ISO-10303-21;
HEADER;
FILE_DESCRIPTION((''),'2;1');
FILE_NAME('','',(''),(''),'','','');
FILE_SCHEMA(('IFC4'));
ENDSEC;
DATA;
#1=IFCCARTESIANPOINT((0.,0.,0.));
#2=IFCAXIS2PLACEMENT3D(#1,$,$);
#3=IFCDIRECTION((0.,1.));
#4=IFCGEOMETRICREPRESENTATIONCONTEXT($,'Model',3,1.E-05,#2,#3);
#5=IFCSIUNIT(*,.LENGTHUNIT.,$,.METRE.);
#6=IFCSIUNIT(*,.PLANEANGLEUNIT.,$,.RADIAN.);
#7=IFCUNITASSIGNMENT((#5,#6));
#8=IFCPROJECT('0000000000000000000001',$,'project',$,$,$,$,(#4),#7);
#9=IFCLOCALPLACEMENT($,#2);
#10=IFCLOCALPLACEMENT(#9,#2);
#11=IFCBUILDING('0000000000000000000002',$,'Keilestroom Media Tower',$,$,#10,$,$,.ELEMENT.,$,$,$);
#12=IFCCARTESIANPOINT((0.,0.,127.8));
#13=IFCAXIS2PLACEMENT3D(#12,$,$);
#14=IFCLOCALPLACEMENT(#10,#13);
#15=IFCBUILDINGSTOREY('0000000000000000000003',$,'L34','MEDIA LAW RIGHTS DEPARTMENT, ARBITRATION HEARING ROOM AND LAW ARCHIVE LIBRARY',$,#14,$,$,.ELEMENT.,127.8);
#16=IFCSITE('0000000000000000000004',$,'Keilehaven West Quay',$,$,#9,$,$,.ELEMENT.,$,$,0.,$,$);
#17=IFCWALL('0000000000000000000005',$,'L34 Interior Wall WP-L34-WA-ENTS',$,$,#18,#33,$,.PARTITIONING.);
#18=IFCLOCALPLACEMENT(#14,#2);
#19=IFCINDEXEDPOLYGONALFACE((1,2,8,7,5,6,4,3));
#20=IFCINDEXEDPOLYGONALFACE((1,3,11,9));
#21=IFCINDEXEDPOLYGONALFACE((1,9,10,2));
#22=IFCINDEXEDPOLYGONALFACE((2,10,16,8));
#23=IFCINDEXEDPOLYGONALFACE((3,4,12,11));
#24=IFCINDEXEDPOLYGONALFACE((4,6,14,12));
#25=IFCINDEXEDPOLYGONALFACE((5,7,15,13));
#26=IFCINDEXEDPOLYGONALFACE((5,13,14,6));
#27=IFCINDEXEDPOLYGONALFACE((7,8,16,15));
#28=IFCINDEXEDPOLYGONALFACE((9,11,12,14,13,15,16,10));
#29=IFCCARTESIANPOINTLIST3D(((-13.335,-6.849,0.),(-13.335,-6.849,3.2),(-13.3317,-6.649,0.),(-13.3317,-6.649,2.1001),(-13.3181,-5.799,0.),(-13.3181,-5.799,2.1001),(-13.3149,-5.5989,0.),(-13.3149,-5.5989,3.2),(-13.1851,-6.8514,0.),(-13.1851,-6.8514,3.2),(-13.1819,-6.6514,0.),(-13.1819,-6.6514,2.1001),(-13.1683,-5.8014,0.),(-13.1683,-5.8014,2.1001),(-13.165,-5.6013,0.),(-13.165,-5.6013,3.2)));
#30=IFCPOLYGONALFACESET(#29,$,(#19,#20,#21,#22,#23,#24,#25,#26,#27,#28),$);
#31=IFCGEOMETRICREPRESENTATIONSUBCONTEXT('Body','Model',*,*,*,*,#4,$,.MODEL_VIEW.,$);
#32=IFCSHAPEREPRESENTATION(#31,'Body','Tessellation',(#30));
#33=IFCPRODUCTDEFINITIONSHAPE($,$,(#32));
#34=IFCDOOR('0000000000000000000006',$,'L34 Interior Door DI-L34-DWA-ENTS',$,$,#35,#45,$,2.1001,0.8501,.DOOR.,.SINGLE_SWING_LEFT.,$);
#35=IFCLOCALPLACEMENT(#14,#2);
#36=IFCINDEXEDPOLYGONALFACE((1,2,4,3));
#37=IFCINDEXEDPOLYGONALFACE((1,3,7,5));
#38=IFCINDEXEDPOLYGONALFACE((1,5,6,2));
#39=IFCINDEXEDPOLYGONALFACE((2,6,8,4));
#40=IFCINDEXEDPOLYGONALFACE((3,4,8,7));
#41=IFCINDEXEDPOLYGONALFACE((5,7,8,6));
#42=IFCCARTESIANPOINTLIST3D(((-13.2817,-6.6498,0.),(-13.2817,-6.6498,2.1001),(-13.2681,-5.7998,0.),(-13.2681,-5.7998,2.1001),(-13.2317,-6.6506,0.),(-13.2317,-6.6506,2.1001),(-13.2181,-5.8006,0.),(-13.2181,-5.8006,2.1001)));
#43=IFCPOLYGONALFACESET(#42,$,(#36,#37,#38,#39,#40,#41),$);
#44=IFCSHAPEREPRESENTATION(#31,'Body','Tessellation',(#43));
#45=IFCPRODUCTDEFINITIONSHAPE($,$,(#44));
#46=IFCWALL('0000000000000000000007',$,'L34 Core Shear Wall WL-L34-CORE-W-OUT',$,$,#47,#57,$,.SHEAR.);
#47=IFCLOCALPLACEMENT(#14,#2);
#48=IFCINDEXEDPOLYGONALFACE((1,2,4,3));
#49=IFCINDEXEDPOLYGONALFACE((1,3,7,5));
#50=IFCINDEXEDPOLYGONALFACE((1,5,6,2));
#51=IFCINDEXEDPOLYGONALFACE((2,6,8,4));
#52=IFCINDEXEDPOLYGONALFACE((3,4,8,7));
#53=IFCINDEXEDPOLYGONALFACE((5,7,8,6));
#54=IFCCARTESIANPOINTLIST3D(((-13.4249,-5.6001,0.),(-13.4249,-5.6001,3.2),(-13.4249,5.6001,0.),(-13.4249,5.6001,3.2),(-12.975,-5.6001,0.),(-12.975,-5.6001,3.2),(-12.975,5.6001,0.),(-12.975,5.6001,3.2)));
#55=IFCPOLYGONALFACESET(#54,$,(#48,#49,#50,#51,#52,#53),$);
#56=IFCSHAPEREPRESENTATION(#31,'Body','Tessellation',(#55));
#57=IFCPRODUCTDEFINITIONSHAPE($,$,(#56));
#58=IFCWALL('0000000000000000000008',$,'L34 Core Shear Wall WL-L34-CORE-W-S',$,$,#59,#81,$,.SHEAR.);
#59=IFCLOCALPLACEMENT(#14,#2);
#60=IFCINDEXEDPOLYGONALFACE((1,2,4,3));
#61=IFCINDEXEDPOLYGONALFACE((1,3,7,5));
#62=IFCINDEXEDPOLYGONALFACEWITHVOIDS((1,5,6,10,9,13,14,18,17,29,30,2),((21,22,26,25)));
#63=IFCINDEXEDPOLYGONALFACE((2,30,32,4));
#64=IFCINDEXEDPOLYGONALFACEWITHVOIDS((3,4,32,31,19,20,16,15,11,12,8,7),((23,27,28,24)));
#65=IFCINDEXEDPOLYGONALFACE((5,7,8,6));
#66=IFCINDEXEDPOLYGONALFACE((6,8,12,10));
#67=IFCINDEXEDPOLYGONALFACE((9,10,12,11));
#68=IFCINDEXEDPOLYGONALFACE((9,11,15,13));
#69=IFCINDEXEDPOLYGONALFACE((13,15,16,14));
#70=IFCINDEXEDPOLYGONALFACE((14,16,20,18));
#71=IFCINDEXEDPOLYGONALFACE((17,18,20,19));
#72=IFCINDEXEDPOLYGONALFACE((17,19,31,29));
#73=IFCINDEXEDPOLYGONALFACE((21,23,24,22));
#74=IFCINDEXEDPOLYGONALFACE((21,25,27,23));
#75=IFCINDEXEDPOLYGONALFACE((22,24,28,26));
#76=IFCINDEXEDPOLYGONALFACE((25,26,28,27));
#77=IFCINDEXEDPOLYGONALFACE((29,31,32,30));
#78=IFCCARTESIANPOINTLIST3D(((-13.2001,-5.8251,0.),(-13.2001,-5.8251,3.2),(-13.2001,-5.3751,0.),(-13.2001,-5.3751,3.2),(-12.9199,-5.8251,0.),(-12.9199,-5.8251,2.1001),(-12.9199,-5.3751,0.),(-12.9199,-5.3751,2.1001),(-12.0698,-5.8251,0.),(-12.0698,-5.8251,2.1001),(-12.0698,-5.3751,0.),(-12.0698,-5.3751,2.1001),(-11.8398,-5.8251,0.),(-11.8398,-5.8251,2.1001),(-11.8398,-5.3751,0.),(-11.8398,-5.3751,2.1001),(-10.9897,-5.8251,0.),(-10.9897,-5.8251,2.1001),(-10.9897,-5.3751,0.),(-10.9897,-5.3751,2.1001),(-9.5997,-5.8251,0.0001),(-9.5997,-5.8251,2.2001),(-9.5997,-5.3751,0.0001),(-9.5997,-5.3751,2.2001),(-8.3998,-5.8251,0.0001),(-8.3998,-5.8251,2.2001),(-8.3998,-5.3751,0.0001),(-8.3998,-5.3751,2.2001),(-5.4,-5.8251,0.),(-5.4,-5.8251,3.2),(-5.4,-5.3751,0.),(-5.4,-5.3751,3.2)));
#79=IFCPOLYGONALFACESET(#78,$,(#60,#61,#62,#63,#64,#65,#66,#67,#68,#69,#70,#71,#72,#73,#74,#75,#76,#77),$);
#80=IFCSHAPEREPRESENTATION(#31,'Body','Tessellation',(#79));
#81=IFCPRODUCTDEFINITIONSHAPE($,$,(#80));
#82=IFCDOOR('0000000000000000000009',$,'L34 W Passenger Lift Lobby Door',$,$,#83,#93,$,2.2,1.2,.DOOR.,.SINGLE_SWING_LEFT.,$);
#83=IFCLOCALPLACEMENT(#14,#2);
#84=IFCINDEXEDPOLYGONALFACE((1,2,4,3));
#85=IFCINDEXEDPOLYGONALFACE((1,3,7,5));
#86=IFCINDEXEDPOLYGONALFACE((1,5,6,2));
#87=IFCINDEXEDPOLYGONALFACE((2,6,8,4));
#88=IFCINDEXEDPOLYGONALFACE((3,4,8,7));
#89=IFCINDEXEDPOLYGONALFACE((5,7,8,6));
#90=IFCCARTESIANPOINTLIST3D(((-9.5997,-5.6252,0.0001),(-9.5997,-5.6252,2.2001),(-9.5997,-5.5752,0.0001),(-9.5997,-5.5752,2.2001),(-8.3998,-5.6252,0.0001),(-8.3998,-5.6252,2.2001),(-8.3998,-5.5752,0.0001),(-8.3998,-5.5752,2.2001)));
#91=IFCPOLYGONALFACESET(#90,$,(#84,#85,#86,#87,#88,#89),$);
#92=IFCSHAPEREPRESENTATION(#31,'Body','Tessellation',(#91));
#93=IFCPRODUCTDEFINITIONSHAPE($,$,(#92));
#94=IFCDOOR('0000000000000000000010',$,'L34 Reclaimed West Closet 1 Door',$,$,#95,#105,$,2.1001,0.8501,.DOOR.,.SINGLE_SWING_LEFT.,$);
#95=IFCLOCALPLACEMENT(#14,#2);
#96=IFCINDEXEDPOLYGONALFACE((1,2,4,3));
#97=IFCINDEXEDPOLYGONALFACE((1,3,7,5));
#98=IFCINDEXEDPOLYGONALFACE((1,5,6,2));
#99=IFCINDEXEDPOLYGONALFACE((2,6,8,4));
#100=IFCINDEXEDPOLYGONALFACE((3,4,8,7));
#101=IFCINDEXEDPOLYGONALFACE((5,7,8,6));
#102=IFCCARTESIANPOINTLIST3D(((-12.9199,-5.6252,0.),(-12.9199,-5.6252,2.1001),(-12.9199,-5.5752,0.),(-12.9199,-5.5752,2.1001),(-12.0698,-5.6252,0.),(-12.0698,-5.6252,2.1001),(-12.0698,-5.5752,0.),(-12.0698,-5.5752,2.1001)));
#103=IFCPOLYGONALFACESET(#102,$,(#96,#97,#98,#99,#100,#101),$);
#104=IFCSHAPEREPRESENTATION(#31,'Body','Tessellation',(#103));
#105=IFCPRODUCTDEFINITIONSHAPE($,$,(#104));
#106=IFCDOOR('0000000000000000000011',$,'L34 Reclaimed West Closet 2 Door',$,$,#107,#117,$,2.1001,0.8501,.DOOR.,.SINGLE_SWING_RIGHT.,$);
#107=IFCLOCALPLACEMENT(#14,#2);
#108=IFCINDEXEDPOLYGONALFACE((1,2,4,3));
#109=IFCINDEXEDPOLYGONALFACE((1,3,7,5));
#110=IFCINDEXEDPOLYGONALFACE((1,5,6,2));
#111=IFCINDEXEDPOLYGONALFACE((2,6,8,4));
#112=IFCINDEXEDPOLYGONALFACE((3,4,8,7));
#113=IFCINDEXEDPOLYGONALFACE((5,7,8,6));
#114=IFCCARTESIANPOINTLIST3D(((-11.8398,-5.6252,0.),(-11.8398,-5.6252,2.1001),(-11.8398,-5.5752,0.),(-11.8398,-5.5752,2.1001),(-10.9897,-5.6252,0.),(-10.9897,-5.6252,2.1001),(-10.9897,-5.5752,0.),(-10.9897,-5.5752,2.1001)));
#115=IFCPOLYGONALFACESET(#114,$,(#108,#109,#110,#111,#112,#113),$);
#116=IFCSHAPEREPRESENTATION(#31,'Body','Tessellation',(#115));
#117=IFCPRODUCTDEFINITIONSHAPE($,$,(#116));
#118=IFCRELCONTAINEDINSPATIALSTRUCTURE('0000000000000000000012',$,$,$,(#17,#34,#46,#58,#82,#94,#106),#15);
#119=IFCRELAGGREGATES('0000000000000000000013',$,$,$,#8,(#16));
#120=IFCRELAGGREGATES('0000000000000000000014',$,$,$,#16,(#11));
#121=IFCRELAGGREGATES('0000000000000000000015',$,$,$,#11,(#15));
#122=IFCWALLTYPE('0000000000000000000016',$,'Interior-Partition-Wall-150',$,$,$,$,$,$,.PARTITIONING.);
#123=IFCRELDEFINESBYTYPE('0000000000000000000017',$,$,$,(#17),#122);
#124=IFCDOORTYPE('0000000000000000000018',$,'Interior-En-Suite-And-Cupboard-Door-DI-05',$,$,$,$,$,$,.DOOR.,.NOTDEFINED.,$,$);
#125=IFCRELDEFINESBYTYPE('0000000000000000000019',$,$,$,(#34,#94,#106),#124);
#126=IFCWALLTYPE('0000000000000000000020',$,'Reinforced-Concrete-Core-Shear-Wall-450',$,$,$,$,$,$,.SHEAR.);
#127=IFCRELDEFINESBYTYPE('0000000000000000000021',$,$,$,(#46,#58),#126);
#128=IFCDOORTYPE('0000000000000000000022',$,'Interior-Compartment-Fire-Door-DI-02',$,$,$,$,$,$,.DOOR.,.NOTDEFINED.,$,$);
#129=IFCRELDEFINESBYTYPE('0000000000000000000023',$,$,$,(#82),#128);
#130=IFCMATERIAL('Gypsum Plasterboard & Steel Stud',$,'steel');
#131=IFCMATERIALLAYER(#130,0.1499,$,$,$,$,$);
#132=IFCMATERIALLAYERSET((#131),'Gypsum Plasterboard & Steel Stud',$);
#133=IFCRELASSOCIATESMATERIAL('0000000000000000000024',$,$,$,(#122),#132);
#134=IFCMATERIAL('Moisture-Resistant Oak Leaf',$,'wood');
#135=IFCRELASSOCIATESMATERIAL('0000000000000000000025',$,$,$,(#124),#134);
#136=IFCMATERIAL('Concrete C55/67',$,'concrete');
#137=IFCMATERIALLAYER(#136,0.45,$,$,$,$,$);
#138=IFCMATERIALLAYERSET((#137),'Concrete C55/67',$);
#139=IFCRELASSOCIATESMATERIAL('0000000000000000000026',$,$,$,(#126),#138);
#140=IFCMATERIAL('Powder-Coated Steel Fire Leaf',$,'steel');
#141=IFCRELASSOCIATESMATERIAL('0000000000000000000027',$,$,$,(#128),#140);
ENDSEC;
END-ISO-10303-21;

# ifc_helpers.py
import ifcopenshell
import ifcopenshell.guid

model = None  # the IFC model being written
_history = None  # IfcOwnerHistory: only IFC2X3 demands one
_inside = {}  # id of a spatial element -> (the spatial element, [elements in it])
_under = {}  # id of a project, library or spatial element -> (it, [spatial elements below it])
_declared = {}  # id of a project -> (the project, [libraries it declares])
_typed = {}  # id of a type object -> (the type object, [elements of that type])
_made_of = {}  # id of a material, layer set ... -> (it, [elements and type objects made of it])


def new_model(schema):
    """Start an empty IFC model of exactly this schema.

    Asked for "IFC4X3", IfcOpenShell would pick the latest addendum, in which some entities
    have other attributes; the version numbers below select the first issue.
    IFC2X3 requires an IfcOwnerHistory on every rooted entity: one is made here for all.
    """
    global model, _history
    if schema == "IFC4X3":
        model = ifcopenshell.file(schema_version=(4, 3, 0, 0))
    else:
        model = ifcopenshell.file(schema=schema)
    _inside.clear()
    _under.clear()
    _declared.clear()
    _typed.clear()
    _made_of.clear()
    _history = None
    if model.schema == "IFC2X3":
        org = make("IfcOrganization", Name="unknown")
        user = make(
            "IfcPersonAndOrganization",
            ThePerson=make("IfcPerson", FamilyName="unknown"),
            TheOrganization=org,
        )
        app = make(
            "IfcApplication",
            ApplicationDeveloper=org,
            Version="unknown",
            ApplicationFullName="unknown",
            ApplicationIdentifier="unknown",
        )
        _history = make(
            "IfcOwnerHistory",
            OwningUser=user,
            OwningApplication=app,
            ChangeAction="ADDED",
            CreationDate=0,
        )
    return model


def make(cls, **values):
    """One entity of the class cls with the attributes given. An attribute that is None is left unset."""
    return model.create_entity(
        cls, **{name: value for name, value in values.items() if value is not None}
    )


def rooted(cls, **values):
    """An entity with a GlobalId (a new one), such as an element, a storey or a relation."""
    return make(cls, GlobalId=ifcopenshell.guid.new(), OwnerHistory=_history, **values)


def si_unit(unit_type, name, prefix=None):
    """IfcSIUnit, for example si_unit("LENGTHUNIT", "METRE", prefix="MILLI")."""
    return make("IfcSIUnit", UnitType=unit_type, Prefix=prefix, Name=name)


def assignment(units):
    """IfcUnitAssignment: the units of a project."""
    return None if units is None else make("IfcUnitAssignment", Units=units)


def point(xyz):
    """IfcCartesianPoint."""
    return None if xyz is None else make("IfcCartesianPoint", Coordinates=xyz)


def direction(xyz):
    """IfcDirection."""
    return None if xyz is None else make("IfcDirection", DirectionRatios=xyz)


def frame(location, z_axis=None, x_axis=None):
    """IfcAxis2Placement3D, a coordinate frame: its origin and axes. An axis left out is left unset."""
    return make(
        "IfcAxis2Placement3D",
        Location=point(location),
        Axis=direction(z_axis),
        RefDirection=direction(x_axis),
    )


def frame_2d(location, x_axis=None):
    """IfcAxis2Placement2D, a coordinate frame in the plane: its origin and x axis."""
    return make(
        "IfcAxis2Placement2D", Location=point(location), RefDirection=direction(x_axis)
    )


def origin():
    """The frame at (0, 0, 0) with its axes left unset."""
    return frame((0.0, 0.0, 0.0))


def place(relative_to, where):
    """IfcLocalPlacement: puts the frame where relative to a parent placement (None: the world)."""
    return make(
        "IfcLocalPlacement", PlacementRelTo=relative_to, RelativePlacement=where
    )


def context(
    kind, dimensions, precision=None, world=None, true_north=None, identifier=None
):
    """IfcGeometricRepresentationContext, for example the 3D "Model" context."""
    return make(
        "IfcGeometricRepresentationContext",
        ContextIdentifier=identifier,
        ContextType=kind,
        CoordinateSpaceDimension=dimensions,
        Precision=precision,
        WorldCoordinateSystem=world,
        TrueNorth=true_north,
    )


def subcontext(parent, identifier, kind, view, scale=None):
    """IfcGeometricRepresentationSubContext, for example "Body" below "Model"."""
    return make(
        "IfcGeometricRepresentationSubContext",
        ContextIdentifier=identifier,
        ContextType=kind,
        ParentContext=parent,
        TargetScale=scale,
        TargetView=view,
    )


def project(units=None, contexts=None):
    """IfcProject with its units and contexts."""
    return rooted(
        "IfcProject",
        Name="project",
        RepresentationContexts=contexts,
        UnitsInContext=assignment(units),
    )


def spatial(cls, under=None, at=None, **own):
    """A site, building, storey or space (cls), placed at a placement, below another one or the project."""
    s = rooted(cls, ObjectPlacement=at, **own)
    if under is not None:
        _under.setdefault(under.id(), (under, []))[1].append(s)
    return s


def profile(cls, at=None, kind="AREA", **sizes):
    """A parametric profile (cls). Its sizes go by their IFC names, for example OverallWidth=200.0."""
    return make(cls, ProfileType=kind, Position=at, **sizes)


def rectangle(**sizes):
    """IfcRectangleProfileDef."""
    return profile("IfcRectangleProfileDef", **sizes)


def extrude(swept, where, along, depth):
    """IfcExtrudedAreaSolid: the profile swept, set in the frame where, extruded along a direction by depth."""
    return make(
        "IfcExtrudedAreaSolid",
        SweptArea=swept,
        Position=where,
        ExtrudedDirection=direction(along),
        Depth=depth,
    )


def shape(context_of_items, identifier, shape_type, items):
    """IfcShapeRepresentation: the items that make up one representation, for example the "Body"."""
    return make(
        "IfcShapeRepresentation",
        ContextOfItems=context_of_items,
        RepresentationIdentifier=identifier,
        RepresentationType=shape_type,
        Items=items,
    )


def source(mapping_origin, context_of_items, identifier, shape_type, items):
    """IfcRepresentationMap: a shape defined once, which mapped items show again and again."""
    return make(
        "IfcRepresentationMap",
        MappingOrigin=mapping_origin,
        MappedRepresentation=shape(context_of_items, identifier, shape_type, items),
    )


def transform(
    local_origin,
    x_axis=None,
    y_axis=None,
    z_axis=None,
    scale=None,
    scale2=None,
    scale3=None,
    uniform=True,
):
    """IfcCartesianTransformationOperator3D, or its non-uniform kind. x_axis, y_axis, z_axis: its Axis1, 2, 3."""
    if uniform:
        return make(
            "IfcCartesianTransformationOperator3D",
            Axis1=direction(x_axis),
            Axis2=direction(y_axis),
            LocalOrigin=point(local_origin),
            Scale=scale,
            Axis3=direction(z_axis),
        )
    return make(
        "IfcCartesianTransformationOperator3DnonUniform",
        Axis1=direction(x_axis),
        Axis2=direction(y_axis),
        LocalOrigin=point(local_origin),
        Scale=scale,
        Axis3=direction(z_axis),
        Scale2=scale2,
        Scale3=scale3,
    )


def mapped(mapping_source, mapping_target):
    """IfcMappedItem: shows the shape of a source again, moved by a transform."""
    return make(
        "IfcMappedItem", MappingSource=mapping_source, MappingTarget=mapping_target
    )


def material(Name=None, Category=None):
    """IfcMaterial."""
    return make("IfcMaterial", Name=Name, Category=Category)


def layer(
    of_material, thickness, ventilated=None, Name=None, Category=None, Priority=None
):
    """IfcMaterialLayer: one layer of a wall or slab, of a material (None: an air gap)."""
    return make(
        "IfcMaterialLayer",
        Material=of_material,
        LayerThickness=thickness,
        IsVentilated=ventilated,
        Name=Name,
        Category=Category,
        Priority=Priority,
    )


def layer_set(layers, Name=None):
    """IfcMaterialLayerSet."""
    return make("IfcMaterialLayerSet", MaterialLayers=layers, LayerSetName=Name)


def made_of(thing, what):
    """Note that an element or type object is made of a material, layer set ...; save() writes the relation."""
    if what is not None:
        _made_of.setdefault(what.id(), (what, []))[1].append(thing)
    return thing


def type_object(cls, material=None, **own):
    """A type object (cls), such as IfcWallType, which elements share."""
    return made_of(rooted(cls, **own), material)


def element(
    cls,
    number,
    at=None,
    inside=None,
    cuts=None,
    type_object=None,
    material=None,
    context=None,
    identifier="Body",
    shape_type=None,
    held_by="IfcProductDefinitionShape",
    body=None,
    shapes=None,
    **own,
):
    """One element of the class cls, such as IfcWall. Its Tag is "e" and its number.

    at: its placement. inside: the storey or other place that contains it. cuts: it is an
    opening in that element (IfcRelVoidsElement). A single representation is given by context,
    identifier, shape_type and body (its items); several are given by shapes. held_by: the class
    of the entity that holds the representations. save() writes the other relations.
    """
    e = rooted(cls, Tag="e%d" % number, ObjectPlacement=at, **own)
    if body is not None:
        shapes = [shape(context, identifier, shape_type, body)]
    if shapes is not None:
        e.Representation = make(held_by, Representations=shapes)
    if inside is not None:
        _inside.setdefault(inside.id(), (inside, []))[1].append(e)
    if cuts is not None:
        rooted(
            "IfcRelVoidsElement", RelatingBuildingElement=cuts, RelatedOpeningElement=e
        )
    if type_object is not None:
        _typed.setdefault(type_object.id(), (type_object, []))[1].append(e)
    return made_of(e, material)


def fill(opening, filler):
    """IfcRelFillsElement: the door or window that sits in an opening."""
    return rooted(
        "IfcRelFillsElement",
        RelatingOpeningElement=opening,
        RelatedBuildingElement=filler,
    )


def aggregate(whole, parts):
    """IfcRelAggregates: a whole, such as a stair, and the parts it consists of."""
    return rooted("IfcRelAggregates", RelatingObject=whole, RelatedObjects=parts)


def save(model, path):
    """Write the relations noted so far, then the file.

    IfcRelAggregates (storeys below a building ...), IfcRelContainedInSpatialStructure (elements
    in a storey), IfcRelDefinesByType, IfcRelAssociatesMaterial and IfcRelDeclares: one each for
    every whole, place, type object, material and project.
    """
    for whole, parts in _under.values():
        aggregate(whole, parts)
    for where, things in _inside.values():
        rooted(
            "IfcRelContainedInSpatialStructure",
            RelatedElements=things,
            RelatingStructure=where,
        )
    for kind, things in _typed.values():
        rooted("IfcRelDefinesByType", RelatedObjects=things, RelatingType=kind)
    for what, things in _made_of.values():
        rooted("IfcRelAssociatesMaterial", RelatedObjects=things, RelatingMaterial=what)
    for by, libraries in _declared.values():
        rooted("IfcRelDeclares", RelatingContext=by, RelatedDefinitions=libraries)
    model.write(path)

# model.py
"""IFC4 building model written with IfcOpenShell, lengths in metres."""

from ifc_helpers import new_model, si_unit, direction, frame, frame_2d, origin, place, context, subcontext, project, spatial, rectangle, extrude, source, transform, mapped, material, layer, layer_set, type_object, element, fill, save


model = new_model("IFC4")

# Units and contexts
model_context = context("Model", 3, precision=1e-05, world=origin(), true_north=direction((0.0, 1.0)))
body_context = subcontext(model_context, "Body", "Model", "MODEL_VIEW")
ifc_project = project(units=[si_unit("LENGTHUNIT", "METRE"), si_unit("PLANEANGLEUNIT", "RADIAN")], contexts=[model_context])

# Site, building, storey
site_placement = place(None, origin())
site = spatial("IfcSite", under=ifc_project, at=site_placement, Name="Keilehaven West Quay", CompositionType="ELEMENT", RefElevation=0.0)
building_placement = place(site_placement, origin())
building = spatial("IfcBuilding", under=site, at=building_placement, Name="Keilestroom Media Tower", CompositionType="ELEMENT")
storey_placement = place(building_placement, frame((0.0, 0.0, 127.8)))
storey = spatial("IfcBuildingStorey", under=building, at=storey_placement, Name="L34", Description="MEDIA LAW RIGHTS DEPARTMENT, ARBITRATION HEARING ROOM AND LAW ARCHIVE LIBRARY", CompositionType="ELEMENT", Elevation=127.8)

# Shared definitions
ifc_material_1 = material(Name="Gypsum Plasterboard & Steel Stud", Category="steel")
ifc_layer_1 = layer(ifc_material_1, 0.1499)
ifc_layer_set_1 = layer_set([ifc_layer_1], Name="Gypsum Plasterboard & Steel Stud")
wall_type_1 = type_object("IfcWallType", Name="Interior-Partition-Wall-150", PredefinedType="PARTITIONING", material=ifc_layer_set_1)

# Wall, opening, door
wall_1_placement = place(storey_placement, frame((-13.26, -6.8501, 0.0), z_axis=(0.0, 0.0, 1.0), x_axis=(0.016014, 0.999872, 0.0)))
wall_1 = element("IfcWall", 1, at=wall_1_placement, inside=storey, type_object=wall_type_1, Name="L34 Interior Wall WP-L34-WA-ENTS", PredefinedType="PARTITIONING", context=body_context, shape_type="SweptSolid", body=[
    extrude(rectangle(XDim=1.2502, YDim=0.1499, at=frame_2d((0.625, 0.0))), origin(), (0.0, 0.0, 1.0), 3.2),
])
opening_1_placement = place(wall_1_placement, frame((0.2, 0.0, 0.0)))
opening_1 = element("IfcOpeningElement", 2, at=opening_1_placement, cuts=wall_1, PredefinedType="OPENING", context=body_context, shape_type="SweptSolid", body=[
    extrude(rectangle(XDim=0.8501, YDim=2.1001, at=frame_2d((0.425, 1.05))), frame((0.0, 0.085, 0.0), z_axis=(0.0, -1.0, 0.0), x_axis=(1.0, 0.0, 0.0)), (0.0, 0.0, 1.0), 0.1699),
])
ifc_material_2 = material(Name="Moisture-Resistant Oak Leaf", Category="wood")
door_type_1 = type_object("IfcDoorType", Name="Interior-En-Suite-And-Cupboard-Door-DI-05", OperationType="NOTDEFINED", PredefinedType="DOOR", material=ifc_material_2)
shared_shape_1 = source(origin(), body_context, "Body", "SweptSolid", [
    extrude(rectangle(XDim=0.8501, YDim=2.1001, at=frame_2d((0.425, 1.05))), frame((0.0, 0.0249, 0.0), z_axis=(0.0, -1.0, 0.0), x_axis=(1.0, 0.0, 0.0)), (0.0, 0.0, 1.0), 0.05),
])
door_1_placement = place(opening_1_placement, origin())
door_1 = element("IfcDoor", 3, at=door_1_placement, inside=storey, type_object=door_type_1, Name="L34 Interior Door DI-L34-DWA-ENTS", OperationType="SINGLE_SWING_LEFT", OverallHeight=2.1001, OverallWidth=0.8501, PredefinedType="DOOR", context=body_context, shape_type="MappedRepresentation", body=[
    mapped(shared_shape_1, transform((0.0, 0.0, 0.0), x_axis=(1.0, 0.0, 0.0), y_axis=(0.0, 1.0, 0.0), z_axis=(0.0, 0.0, 1.0), scale=1.0)),
])
fill(opening_1, door_1)

# Wall
ifc_material_3 = material(Name="Concrete C55/67", Category="concrete")
ifc_layer_2 = layer(ifc_material_3, 0.45)
ifc_layer_set_2 = layer_set([ifc_layer_2], Name="Concrete C55/67")
wall_type_2 = type_object("IfcWallType", Name="Reinforced-Concrete-Core-Shear-Wall-450", PredefinedType="SHEAR", material=ifc_layer_set_2)
wall_2_placement = place(storey_placement, frame((-13.2, -5.6001, 0.0), z_axis=(0.0, 0.0, 1.0), x_axis=(0.0, 1.0, 0.0)))
element("IfcWall", 4, at=wall_2_placement, inside=storey, type_object=wall_type_2, Name="L34 Core Shear Wall WL-L34-CORE-W-OUT", PredefinedType="SHEAR", context=body_context, shape_type="SweptSolid", body=[
    extrude(rectangle(XDim=11.2002, YDim=0.45, at=frame_2d((5.6001, 0.0))), origin(), (0.0, 0.0, 1.0), 3.2),
])

# Wall, openings, doors
wall_3_placement = place(storey_placement, frame((-13.2, -5.6001, 0.0), z_axis=(0.0, 0.0, 1.0), x_axis=(1.0, 0.0, 0.0)))
wall_3 = element("IfcWall", 5, at=wall_3_placement, inside=storey, type_object=wall_type_2, Name="L34 Core Shear Wall WL-L34-CORE-W-S", PredefinedType="SHEAR", context=body_context, shape_type="SweptSolid", body=[
    extrude(rectangle(XDim=7.8, YDim=0.45, at=frame_2d((3.8999, 0.0))), origin(), (0.0, 0.0, 1.0), 3.2),
])
opening_2_placement = place(wall_3_placement, frame((3.6001, 0.0, 0.0)))
opening_2 = element("IfcOpeningElement", 6, at=opening_2_placement, cuts=wall_3, PredefinedType="OPENING", context=body_context, shape_type="SweptSolid", body=[
    extrude(rectangle(XDim=1.2, YDim=2.2, at=frame_2d((0.6001, 1.1001))), frame((0.0, 0.2349, 0.0), z_axis=(0.0, -1.0, 0.0), x_axis=(1.0, 0.0, 0.0)), (0.0, 0.0, 1.0), 0.47),
])
opening_3_placement = place(wall_3_placement, frame((0.28, 0.0, 0.0)))
opening_3 = element("IfcOpeningElement", 7, at=opening_3_placement, cuts=wall_3, PredefinedType="OPENING", context=body_context, shape_type="SweptSolid", body=[
    extrude(rectangle(XDim=0.8501, YDim=2.1001, at=frame_2d((0.425, 1.05))), frame((0.0, 0.2349, 0.0), z_axis=(0.0, -1.0, 0.0), x_axis=(1.0, 0.0, 0.0)), (0.0, 0.0, 1.0), 0.47),
])
opening_4_placement = place(wall_3_placement, frame((1.3601, 0.0, 0.0)))
opening_4 = element("IfcOpeningElement", 8, at=opening_4_placement, cuts=wall_3, PredefinedType="OPENING", context=body_context, shape_type="SweptSolid", body=[
    extrude(rectangle(XDim=0.8501, YDim=2.1001, at=frame_2d((0.425, 1.05))), frame((0.0, 0.2349, 0.0), z_axis=(0.0, -1.0, 0.0), x_axis=(1.0, 0.0, 0.0)), (0.0, 0.0, 1.0), 0.47),
])
ifc_material_4 = material(Name="Powder-Coated Steel Fire Leaf", Category="steel")
door_type_2 = type_object("IfcDoorType", Name="Interior-Compartment-Fire-Door-DI-02", OperationType="NOTDEFINED", PredefinedType="DOOR", material=ifc_material_4)
shared_shape_2 = source(origin(), body_context, "Body", "SweptSolid", [
    extrude(rectangle(XDim=1.2, YDim=2.2, at=frame_2d((0.6001, 1.1001))), frame((0.0, 0.0249, 0.0), z_axis=(0.0, -1.0, 0.0), x_axis=(1.0, 0.0, 0.0)), (0.0, 0.0, 1.0), 0.05),
])
door_2_placement = place(opening_2_placement, origin())
door_2 = element("IfcDoor", 9, at=door_2_placement, inside=storey, type_object=door_type_2, Name="L34 W Passenger Lift Lobby Door", OperationType="SINGLE_SWING_LEFT", OverallHeight=2.2, OverallWidth=1.2, PredefinedType="DOOR", context=body_context, shape_type="MappedRepresentation", body=[
    mapped(shared_shape_2, transform((0.0, 0.0, 0.0), x_axis=(1.0, 0.0, 0.0), y_axis=(0.0, 1.0, 0.0), z_axis=(0.0, 0.0, 1.0), scale=1.0)),
])
fill(opening_2, door_2)
door_3_placement = place(opening_3_placement, origin())
door_3 = element("IfcDoor", 10, at=door_3_placement, inside=storey, type_object=door_type_1, Name="L34 Reclaimed West Closet 1 Door", OperationType="SINGLE_SWING_LEFT", OverallHeight=2.1001, OverallWidth=0.8501, PredefinedType="DOOR", context=body_context, shape_type="MappedRepresentation", body=[
    mapped(shared_shape_1, transform((0.0, 0.0, 0.0), x_axis=(1.0, 0.0, 0.0), y_axis=(0.0, 1.0, 0.0), z_axis=(0.0, 0.0, 1.0), scale=1.0)),
])
fill(opening_3, door_3)
door_4_placement = place(opening_4_placement, origin())
door_4 = element("IfcDoor", 11, at=door_4_placement, inside=storey, type_object=door_type_1, Name="L34 Reclaimed West Closet 2 Door", OperationType="SINGLE_SWING_RIGHT", OverallHeight=2.1001, OverallWidth=0.8501, PredefinedType="DOOR", context=body_context, shape_type="MappedRepresentation", body=[
    mapped(shared_shape_1, transform((0.0, 0.0, 0.0), x_axis=(1.0, 0.0, 0.0), y_axis=(0.0, 1.0, 0.0), z_axis=(0.0, 0.0, 1.0), scale=1.0)),
])
fill(opening_4, door_4)

save(model, "model.ifc")
